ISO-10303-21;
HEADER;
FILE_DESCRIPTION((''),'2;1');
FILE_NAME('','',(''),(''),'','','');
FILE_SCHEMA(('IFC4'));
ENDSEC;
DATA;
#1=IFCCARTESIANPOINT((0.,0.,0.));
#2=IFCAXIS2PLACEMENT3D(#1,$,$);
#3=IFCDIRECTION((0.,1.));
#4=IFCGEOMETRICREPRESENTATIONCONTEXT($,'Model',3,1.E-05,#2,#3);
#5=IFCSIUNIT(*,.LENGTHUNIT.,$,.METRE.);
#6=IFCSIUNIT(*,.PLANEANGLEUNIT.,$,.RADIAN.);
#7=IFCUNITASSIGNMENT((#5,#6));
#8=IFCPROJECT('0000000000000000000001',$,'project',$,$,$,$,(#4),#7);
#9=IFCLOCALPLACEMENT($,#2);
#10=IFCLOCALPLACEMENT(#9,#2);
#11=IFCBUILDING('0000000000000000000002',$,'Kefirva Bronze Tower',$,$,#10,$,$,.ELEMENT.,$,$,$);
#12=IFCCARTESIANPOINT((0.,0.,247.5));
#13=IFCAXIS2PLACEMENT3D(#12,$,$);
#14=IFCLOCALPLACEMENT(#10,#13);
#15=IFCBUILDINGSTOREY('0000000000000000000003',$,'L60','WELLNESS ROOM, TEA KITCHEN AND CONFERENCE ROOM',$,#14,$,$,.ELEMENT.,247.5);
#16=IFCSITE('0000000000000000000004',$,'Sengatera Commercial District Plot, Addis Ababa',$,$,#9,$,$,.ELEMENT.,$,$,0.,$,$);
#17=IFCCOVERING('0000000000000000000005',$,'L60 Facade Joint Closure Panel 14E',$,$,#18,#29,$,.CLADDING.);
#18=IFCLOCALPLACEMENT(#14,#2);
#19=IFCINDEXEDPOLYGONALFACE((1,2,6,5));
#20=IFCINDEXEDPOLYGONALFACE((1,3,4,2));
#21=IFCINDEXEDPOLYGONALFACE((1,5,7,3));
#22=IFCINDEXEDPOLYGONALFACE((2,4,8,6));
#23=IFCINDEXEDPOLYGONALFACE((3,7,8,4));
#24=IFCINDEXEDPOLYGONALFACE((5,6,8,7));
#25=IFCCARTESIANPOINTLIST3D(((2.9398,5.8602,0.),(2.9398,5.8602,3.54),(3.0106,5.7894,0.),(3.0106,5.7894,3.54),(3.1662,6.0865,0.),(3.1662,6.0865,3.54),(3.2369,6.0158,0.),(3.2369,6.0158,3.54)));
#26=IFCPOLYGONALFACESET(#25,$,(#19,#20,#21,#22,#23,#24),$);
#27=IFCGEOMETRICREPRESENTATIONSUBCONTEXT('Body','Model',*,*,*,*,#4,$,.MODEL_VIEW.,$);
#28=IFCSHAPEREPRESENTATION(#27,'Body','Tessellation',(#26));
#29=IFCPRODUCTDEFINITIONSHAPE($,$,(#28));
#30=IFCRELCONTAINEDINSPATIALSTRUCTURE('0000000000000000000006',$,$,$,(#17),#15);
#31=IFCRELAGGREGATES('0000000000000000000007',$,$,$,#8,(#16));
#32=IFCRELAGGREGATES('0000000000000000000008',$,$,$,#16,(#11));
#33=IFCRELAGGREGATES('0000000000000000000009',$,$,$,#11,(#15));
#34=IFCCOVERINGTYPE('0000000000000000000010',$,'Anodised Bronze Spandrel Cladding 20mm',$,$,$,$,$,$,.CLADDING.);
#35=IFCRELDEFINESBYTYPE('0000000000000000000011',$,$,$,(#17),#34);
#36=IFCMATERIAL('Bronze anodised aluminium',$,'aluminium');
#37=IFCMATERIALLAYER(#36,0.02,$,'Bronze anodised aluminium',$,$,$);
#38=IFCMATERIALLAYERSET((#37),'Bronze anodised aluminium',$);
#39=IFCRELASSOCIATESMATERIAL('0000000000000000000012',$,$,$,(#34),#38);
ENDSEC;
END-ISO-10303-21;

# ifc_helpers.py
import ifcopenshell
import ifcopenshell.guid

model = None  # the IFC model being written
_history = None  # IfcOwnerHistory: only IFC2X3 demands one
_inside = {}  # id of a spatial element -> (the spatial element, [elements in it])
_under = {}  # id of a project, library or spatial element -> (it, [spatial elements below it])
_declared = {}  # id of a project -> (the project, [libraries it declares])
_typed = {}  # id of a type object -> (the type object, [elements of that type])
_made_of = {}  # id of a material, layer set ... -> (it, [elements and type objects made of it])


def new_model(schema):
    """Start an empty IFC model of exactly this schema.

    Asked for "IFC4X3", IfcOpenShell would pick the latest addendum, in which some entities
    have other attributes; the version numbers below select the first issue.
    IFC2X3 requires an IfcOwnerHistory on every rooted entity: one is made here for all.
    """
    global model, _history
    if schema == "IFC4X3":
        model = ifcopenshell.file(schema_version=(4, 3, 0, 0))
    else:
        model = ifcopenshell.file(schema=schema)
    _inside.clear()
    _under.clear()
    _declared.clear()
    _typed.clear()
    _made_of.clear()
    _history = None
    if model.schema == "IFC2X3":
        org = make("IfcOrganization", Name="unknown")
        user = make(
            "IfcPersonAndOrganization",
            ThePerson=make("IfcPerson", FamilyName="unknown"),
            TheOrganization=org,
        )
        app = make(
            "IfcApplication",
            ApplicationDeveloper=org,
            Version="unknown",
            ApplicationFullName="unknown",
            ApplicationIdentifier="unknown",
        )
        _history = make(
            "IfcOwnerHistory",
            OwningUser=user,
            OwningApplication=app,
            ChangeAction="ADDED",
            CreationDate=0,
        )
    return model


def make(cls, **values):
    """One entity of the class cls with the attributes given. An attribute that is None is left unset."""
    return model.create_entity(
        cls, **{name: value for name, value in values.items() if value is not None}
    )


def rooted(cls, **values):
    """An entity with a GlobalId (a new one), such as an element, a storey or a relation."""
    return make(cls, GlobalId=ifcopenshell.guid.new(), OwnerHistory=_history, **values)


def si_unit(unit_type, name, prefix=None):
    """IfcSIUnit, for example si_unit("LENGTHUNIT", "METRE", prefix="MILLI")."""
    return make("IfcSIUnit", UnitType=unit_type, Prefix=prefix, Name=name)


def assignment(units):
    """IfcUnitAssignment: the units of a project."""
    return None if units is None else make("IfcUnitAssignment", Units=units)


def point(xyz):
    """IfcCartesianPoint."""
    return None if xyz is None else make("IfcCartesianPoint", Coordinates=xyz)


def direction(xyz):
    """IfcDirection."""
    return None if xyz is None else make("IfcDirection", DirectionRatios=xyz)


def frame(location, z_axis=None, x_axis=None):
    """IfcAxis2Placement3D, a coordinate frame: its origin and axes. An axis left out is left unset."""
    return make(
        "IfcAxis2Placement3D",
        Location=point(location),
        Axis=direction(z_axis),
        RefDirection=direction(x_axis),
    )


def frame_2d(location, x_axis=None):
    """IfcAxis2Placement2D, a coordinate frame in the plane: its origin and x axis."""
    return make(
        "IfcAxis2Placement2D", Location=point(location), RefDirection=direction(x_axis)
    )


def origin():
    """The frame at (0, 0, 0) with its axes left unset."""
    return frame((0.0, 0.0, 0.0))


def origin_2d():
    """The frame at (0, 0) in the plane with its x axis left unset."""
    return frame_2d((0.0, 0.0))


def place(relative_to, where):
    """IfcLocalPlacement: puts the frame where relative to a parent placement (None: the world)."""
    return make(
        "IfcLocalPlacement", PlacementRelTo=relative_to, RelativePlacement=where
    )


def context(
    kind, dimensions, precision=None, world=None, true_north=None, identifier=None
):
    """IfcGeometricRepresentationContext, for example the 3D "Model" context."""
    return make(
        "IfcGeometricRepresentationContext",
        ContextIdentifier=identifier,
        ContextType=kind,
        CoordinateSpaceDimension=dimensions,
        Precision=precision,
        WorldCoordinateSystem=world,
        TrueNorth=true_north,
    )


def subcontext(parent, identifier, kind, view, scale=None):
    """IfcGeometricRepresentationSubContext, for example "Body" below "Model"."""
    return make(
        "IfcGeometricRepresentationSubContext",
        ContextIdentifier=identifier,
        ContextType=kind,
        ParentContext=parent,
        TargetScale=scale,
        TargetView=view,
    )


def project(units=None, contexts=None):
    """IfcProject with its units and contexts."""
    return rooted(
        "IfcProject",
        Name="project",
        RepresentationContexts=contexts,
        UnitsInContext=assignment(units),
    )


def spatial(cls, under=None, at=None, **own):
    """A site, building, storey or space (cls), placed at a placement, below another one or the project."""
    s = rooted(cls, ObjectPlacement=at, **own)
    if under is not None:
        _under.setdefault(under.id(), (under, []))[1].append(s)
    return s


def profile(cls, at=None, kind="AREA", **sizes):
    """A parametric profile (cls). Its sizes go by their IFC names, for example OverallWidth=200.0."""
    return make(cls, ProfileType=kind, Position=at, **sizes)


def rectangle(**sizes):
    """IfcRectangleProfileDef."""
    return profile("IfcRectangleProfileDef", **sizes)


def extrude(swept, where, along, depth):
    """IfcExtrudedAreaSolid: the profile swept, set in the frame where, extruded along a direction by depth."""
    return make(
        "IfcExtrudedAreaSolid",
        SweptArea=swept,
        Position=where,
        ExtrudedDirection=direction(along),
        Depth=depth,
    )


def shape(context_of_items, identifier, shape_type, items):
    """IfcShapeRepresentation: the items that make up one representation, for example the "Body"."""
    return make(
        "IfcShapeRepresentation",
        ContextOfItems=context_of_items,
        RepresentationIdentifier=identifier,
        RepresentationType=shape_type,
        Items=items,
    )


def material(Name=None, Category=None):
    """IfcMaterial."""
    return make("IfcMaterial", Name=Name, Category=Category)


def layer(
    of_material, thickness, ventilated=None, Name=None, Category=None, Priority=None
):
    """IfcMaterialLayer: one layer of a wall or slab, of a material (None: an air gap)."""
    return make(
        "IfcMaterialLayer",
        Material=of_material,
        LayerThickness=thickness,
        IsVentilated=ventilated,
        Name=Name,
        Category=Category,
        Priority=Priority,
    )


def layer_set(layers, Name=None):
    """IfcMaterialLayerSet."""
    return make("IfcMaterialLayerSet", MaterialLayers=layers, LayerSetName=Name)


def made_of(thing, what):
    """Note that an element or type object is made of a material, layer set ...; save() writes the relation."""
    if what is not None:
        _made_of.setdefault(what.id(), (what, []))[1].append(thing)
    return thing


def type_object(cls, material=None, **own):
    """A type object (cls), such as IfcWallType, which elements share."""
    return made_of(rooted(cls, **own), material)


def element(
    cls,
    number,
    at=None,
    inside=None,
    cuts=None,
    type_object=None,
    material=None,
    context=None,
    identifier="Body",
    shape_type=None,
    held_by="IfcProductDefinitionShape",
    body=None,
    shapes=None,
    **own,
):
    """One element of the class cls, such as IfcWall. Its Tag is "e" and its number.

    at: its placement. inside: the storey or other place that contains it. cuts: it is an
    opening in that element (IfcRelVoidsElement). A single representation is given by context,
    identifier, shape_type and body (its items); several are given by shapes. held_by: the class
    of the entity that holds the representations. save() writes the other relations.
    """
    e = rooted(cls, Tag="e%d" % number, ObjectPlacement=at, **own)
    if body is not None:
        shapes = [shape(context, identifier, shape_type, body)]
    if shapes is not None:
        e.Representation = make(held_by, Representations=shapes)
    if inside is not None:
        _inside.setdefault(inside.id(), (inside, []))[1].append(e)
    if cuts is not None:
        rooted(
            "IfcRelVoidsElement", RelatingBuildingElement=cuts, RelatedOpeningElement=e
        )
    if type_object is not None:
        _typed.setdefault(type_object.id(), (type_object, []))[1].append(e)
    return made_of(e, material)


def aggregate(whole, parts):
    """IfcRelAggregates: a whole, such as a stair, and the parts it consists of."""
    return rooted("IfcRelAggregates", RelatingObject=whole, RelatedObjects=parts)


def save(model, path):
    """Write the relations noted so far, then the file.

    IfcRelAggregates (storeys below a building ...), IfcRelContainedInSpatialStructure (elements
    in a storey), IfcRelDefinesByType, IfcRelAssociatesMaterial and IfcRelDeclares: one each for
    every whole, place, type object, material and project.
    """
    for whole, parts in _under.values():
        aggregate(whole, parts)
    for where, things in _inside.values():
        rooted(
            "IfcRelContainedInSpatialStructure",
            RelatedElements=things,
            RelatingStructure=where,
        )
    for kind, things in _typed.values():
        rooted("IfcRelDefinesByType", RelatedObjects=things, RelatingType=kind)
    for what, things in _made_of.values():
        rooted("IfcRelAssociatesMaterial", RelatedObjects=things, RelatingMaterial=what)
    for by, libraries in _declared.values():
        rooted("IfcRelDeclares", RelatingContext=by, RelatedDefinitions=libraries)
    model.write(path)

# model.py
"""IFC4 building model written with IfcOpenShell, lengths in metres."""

from ifc_helpers import new_model, si_unit, direction, frame, origin, origin_2d, place, context, subcontext, project, spatial, rectangle, extrude, material, layer, layer_set, type_object, element, save


model = new_model("IFC4")

# Units and contexts
model_context = context("Model", 3, precision=1e-05, world=origin(), true_north=direction((0.0, 1.0)))
body_context = subcontext(model_context, "Body", "Model", "MODEL_VIEW")
ifc_project = project(units=[si_unit("LENGTHUNIT", "METRE"), si_unit("PLANEANGLEUNIT", "RADIAN")], contexts=[model_context])

# Site, building, storey
site_placement = place(None, origin())
site = spatial("IfcSite", under=ifc_project, at=site_placement, Name="Sengatera Commercial District Plot, Addis Ababa", CompositionType="ELEMENT", RefElevation=0.0)
building_placement = place(site_placement, origin())
building = spatial("IfcBuilding", under=site, at=building_placement, Name="Kefirva Bronze Tower", CompositionType="ELEMENT")
storey_placement = place(building_placement, frame((0.0, 0.0, 247.5)))
storey = spatial("IfcBuildingStorey", under=building, at=storey_placement, Name="L60", Description="WELLNESS ROOM, TEA KITCHEN AND CONFERENCE ROOM", CompositionType="ELEMENT", Elevation=247.5)

# Shared definitions
ifc_material_1 = material(Name="Bronze anodised aluminium", Category="aluminium")

# Covering
ifc_layer_1 = layer(ifc_material_1, 0.02, Name="Bronze anodised aluminium")
ifc_layer_set_1 = layer_set([ifc_layer_1], Name="Bronze anodised aluminium")
covering_type = type_object("IfcCoveringType", Name="Anodised Bronze Spandrel Cladding 20mm", PredefinedType="CLADDING", material=ifc_layer_set_1)
covering_placement = place(storey_placement, frame((3.0884, 5.938, 0.0), z_axis=(0.0, 0.0, 1.0), x_axis=(0.707107, -0.707107, 0.0)))
element("IfcCovering", 1, at=covering_placement, inside=storey, type_object=covering_type, Name="L60 Facade Joint Closure Panel 14E", PredefinedType="CLADDING", context=body_context, shape_type="SweptSolid", body=[
    extrude(rectangle(XDim=0.1001, YDim=0.3201, at=origin_2d()), origin(), (0.0, 0.0, 1.0), 3.54),
])

save(model, "model.ifc")
